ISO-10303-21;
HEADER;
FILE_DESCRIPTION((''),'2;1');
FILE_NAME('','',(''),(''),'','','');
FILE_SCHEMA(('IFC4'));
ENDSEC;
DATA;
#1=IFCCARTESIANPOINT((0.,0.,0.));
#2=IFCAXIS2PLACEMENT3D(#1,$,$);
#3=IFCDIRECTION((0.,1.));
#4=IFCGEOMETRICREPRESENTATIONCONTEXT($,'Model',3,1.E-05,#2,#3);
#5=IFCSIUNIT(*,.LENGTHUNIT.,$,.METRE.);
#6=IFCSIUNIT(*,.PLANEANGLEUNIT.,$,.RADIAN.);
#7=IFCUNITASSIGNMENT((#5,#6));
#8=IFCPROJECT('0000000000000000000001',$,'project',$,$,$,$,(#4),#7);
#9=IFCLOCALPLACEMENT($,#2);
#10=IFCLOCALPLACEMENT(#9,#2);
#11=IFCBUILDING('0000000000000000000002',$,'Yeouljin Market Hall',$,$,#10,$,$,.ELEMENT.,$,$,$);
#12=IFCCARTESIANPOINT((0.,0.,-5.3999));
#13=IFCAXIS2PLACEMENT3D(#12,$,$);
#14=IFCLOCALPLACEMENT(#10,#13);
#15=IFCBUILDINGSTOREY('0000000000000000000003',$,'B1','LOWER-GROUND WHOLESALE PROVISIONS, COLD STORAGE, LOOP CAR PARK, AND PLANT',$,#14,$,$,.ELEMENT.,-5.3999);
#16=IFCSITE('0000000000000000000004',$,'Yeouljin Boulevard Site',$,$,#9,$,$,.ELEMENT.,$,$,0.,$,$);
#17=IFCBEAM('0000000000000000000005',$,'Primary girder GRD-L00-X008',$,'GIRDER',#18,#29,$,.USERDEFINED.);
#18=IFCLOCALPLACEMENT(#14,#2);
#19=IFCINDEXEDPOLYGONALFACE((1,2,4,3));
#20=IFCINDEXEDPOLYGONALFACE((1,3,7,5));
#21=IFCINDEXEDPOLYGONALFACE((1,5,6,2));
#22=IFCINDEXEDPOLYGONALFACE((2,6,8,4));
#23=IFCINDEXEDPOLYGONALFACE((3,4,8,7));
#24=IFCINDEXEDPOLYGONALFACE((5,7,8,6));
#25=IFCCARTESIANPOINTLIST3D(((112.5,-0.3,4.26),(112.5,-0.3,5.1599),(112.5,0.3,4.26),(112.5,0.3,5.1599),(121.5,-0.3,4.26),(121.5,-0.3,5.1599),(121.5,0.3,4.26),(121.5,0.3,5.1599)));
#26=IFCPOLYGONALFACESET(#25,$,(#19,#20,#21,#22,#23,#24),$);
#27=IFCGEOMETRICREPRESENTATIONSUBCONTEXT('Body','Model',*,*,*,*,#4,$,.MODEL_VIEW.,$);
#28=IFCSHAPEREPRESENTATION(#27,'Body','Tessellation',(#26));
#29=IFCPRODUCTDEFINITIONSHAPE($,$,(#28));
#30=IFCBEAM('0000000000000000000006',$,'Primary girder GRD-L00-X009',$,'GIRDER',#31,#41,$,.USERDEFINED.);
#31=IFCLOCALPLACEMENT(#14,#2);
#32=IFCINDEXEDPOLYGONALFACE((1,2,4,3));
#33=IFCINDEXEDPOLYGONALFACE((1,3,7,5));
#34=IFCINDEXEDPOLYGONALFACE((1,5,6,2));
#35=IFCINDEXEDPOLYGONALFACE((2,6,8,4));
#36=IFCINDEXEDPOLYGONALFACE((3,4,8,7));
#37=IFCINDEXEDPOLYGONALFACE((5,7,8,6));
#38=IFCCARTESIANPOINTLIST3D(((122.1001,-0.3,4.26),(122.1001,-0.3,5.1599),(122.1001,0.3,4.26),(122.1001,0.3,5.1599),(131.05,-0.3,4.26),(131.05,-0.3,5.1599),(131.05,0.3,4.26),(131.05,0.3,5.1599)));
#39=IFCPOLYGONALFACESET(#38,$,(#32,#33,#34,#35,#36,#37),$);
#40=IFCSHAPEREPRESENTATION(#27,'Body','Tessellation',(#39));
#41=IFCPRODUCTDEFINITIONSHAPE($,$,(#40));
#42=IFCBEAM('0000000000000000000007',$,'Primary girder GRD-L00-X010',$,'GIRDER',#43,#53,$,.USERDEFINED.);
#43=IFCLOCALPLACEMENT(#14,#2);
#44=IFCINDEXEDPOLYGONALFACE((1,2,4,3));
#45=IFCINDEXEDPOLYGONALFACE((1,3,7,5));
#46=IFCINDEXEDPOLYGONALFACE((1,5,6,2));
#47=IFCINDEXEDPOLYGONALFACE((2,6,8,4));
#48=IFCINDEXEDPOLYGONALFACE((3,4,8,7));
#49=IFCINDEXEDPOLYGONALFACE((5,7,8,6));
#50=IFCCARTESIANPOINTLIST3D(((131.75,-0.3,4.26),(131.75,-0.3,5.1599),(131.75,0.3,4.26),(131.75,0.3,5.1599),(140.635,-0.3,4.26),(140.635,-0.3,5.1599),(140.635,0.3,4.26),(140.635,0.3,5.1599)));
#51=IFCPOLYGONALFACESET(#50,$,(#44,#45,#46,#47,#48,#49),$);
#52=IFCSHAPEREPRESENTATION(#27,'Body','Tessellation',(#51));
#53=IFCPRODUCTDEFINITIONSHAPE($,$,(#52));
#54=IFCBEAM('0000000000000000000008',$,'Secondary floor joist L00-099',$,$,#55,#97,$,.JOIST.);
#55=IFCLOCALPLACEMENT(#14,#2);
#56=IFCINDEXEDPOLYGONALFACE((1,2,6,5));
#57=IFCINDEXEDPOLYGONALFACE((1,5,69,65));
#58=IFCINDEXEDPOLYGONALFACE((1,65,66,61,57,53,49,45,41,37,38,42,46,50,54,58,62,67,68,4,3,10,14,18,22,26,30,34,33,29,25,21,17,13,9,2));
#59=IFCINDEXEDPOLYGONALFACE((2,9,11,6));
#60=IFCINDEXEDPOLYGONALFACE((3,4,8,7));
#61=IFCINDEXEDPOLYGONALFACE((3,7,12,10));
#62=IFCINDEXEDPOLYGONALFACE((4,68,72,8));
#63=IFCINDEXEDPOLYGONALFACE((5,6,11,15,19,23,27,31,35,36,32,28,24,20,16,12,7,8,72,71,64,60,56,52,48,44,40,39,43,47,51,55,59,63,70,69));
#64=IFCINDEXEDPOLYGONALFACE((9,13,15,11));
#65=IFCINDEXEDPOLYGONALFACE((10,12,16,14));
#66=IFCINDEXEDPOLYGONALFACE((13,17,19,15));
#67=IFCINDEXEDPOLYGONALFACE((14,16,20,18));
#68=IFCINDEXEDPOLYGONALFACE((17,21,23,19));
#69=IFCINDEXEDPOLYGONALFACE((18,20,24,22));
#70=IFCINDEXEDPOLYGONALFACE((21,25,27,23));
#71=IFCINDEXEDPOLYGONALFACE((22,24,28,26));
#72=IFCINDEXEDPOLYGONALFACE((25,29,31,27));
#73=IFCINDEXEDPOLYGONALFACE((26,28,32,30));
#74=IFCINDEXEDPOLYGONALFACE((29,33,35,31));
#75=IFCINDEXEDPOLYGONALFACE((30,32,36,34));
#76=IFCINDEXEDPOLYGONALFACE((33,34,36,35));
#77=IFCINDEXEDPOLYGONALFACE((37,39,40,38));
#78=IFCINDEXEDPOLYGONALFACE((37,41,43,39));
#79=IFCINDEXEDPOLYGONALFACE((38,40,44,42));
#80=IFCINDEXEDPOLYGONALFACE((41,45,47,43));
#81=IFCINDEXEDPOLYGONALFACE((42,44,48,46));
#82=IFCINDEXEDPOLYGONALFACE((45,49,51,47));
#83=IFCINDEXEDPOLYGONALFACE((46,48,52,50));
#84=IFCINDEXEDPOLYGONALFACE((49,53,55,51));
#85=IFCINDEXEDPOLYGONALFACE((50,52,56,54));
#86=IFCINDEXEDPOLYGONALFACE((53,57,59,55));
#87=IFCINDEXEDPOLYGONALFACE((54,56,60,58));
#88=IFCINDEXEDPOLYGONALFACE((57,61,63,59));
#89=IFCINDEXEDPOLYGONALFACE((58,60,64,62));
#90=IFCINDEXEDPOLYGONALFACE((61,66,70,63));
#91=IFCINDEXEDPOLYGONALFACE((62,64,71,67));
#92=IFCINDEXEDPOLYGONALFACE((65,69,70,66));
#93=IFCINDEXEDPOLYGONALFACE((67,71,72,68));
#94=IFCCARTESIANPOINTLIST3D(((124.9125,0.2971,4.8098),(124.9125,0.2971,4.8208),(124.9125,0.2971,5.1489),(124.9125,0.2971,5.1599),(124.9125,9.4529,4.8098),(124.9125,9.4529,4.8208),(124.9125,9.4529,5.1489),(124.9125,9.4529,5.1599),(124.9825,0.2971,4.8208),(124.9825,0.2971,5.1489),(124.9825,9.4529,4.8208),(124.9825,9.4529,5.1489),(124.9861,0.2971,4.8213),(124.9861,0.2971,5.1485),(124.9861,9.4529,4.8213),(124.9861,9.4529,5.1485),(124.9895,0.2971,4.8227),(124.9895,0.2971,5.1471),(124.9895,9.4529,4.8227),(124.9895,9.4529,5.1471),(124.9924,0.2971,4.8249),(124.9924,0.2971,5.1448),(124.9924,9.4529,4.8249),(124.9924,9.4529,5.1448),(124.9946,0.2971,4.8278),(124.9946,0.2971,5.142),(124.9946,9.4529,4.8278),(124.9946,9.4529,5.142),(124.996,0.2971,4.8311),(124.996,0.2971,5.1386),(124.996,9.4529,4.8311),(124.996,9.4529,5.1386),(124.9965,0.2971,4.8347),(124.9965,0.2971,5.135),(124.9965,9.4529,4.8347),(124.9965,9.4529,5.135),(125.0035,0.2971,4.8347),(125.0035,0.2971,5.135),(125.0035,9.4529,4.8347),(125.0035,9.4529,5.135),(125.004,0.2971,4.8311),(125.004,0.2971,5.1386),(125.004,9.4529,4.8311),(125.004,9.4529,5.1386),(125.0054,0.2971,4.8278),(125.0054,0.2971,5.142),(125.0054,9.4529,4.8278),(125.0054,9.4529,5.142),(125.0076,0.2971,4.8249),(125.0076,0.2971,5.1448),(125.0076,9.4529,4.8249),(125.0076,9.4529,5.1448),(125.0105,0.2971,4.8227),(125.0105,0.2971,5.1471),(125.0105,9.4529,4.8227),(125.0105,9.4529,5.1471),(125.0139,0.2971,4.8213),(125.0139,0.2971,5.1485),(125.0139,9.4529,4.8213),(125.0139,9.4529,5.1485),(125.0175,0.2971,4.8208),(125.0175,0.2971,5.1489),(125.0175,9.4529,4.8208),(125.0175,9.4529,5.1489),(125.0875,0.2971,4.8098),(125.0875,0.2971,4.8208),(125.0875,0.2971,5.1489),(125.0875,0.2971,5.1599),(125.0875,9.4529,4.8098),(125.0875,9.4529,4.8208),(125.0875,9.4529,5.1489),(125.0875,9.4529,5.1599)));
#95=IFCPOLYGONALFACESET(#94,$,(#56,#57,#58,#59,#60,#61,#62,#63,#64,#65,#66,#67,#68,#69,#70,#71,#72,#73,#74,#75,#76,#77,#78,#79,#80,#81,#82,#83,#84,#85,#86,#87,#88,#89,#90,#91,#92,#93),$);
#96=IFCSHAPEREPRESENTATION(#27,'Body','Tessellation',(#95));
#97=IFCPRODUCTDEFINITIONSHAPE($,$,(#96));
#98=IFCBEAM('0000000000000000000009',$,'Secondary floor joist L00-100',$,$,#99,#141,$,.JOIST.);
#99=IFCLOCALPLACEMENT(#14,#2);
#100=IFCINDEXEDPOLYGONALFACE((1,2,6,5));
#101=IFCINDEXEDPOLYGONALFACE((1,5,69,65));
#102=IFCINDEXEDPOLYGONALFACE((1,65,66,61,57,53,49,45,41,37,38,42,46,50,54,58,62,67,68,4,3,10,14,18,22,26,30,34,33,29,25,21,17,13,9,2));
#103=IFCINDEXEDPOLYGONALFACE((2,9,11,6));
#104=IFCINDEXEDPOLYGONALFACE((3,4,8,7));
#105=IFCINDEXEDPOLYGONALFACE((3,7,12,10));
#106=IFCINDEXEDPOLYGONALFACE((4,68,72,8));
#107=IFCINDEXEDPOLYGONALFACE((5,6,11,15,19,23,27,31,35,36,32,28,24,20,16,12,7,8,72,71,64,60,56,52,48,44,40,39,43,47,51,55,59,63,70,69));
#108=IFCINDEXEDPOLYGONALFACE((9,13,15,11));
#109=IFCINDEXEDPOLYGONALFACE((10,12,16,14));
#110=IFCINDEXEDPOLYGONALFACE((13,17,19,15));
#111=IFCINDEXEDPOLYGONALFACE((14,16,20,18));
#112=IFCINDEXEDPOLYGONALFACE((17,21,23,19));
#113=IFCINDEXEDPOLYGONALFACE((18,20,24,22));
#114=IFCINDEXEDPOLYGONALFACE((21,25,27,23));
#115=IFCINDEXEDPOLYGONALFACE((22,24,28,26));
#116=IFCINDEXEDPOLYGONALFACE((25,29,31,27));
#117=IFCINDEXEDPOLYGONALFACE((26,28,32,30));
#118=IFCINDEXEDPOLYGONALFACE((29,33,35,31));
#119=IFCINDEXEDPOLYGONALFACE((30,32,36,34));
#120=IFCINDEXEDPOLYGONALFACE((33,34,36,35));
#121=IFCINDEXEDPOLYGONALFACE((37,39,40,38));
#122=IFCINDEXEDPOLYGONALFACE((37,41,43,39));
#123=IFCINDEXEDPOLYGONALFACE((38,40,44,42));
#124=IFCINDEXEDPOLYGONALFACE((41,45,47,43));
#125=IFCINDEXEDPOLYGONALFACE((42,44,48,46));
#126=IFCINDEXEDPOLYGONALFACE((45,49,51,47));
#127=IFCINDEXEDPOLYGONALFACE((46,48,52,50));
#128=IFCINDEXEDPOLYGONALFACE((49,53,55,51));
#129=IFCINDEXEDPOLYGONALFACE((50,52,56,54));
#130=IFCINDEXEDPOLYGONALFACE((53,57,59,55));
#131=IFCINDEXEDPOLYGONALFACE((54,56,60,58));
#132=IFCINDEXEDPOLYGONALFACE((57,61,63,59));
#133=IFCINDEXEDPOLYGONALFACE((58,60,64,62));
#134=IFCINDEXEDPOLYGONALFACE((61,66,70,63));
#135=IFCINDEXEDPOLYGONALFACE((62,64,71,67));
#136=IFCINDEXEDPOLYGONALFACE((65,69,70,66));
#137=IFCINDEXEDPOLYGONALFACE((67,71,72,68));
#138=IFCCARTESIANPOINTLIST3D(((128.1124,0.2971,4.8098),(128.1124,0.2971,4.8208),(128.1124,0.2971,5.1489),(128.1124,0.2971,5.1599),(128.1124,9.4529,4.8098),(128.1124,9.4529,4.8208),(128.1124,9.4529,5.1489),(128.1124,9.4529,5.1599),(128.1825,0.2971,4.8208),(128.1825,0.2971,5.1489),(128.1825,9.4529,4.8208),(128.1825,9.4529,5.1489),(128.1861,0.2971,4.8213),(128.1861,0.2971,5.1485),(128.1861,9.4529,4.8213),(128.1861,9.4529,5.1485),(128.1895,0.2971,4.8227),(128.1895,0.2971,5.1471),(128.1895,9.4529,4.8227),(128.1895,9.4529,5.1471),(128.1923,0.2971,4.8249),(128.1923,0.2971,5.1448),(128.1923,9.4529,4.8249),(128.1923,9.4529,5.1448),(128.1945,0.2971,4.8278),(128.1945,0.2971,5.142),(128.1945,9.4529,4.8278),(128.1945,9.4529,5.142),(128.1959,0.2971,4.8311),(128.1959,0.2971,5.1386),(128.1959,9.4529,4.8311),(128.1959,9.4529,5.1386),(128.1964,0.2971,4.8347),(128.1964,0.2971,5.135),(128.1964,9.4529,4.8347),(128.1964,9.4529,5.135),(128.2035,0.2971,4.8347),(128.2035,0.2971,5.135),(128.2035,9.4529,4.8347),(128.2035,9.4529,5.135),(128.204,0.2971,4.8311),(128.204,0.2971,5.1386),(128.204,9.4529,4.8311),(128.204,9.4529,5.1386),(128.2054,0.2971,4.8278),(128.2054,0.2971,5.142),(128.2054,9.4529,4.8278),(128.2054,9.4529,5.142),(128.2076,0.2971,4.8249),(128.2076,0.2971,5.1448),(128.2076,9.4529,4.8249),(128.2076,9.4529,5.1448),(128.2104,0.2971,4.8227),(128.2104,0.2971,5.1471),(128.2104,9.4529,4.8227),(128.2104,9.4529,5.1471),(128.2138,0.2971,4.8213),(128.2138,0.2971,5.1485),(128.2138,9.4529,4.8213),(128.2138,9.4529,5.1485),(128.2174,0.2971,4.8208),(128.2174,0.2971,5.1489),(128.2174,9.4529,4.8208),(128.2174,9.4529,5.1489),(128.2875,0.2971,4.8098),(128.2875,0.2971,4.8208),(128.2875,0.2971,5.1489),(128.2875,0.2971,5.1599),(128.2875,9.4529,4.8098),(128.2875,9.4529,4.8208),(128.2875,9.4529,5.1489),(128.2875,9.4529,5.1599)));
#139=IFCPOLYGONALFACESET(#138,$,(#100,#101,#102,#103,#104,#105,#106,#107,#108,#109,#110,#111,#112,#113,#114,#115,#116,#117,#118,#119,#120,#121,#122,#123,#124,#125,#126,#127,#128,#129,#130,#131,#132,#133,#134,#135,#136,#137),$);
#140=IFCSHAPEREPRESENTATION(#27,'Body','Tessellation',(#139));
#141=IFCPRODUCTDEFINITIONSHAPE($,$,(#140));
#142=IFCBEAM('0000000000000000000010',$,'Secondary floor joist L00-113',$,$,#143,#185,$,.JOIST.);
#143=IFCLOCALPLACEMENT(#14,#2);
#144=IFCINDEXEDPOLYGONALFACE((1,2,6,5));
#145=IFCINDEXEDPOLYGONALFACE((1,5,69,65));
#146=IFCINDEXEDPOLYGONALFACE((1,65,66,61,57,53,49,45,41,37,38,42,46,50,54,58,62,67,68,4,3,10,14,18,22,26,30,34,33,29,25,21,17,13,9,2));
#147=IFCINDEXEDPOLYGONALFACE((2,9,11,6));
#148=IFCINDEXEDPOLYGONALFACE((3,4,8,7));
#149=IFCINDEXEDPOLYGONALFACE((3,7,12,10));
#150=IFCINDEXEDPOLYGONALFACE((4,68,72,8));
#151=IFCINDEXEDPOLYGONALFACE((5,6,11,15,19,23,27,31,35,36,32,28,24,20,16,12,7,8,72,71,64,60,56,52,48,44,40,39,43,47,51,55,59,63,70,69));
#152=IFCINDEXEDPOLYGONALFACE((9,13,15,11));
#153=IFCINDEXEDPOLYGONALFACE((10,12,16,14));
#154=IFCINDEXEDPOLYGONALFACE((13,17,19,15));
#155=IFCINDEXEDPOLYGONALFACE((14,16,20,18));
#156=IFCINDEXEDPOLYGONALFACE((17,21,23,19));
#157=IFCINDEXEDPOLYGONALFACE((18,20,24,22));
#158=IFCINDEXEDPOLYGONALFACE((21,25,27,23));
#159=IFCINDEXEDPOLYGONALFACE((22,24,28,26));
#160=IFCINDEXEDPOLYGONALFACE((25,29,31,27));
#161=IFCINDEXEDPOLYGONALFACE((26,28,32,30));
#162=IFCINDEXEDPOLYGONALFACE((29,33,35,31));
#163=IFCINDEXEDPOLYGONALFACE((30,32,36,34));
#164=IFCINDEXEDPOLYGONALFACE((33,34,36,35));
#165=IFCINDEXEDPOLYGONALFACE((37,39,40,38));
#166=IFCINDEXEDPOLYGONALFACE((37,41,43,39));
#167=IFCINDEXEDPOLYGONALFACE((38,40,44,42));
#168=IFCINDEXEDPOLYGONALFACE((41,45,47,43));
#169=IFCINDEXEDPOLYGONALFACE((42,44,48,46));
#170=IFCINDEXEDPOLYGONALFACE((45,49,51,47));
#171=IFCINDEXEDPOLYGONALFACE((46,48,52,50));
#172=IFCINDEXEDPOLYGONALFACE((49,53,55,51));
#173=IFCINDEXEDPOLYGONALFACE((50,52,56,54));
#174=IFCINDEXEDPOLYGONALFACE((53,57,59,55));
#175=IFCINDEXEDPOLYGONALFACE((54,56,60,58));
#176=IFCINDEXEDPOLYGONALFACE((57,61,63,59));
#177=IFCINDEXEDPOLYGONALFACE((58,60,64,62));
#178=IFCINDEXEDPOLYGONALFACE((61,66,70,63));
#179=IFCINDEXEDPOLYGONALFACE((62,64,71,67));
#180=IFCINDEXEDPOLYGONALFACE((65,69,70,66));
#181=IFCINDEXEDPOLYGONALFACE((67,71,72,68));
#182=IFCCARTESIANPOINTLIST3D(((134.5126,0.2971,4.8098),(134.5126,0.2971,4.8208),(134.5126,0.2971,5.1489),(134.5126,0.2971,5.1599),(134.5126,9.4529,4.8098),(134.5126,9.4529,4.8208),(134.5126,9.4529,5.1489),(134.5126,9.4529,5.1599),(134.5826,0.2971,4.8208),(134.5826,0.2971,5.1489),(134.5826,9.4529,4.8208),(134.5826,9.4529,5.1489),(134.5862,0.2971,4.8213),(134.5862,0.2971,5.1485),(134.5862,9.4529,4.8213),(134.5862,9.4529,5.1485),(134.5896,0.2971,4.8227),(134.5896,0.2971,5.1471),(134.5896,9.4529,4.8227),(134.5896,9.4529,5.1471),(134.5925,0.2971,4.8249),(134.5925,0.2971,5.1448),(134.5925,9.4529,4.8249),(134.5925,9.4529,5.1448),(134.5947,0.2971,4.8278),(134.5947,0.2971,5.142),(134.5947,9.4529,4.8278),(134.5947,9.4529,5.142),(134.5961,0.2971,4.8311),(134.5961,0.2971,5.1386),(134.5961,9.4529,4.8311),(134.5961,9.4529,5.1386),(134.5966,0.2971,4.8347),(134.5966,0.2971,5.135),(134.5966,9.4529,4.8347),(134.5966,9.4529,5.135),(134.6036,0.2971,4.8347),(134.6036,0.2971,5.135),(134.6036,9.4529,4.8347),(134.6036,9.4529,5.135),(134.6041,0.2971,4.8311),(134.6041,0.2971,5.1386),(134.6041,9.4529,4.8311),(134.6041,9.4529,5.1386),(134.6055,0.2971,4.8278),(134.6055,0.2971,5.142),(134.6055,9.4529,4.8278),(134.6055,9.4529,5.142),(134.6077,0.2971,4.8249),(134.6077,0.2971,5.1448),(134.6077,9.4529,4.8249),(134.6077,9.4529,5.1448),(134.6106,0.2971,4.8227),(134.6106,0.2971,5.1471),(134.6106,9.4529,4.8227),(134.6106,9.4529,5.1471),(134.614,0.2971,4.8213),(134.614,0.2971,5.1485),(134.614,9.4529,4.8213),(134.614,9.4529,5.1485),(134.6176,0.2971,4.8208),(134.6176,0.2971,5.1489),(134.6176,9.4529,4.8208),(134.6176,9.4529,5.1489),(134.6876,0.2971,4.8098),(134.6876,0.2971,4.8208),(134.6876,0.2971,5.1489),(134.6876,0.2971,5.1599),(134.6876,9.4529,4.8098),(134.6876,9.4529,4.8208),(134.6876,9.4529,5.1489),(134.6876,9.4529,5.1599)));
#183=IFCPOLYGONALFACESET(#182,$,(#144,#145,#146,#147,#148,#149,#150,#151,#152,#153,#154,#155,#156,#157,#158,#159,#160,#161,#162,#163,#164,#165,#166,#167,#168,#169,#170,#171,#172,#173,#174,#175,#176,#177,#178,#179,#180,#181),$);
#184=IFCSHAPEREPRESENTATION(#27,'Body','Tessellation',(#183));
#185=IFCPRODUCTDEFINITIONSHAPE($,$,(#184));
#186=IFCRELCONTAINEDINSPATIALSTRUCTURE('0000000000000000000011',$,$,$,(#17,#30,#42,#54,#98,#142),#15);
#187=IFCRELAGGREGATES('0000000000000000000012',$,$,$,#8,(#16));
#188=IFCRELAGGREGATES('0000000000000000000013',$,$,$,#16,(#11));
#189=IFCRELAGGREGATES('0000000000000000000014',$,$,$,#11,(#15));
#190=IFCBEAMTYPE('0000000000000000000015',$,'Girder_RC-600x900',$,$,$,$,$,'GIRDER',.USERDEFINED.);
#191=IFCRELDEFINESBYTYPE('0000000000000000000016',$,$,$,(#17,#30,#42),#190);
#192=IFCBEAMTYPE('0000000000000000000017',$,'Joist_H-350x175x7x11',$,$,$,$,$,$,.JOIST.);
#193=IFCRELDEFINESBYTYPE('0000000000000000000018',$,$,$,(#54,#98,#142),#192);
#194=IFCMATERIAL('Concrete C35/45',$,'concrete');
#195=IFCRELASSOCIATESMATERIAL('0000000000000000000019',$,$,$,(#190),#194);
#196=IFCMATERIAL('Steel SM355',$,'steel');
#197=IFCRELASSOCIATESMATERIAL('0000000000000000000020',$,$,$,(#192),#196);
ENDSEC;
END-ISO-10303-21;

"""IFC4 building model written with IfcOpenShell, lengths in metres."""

from ifc_helpers import new_model, si_unit, direction, frame, origin, origin_2d, place, context, subcontext, project, spatial, rectangle, i_section, extrude, material, material_profile, profile_set, type_object, element, save


model = new_model("IFC4")

# Units and contexts
model_context = context("Model", 3, precision=1e-05, world=origin(), true_north=direction((0.0, 1.0)))
body_context = subcontext(model_context, "Body", "Model", "MODEL_VIEW")
ifc_project = project(units=[si_unit("LENGTHUNIT", "METRE"), si_unit("PLANEANGLEUNIT", "RADIAN")], contexts=[model_context])

# Site, building, storey
site_placement = place(None, origin())
site = spatial("IfcSite", under=ifc_project, at=site_placement, Name="Yeouljin Boulevard Site", CompositionType="ELEMENT", RefElevation=0.0)
building_placement = place(site_placement, origin())
building = spatial("IfcBuilding", under=site, at=building_placement, Name="Yeouljin Market Hall", CompositionType="ELEMENT")
storey_placement = place(building_placement, frame((0.0, 0.0, -5.3999)))
storey = spatial("IfcBuildingStorey", under=building, at=storey_placement, Name="B1", Description="LOWER-GROUND WHOLESALE PROVISIONS, COLD STORAGE, LOOP CAR PARK, AND PLANT", CompositionType="ELEMENT", Elevation=-5.3999)

# Beams
ifc_material_1 = material(Name="Concrete C35/45", Category="concrete")
ifc_material_profile_1 = material_profile(ifc_material_1, rectangle(XDim=0.6001, YDim=0.8999, at=origin_2d()), Name="RC-600x900")
ifc_profile_set_1 = profile_set([ifc_material_profile_1], Name="Concrete C35/45")
beam_type_1 = type_object("IfcBeamType", Name="Girder_RC-600x900", ElementType="GIRDER", PredefinedType="USERDEFINED", material=ifc_profile_set_1)
beam_1_placement = place(storey_placement, frame((112.5, 0.0, 4.71), z_axis=(1.0, 0.0, 0.0), x_axis=(0.0, 1.0, 0.0)))
element("IfcBeam", 1, at=beam_1_placement, inside=storey, type_object=beam_type_1, Name="Primary girder GRD-L00-X008", ObjectType="GIRDER", PredefinedType="USERDEFINED", context=body_context, shape_type="SweptSolid", body=[
    extrude(rectangle(XDim=0.6001, YDim=0.8999, at=origin_2d()), origin(), (0.0, 0.0, 1.0), 9.0),
])
beam_2_placement = place(storey_placement, frame((122.1001, 0.0, 4.71), z_axis=(1.0, 0.0, 0.0), x_axis=(0.0, 1.0, 0.0)))
element("IfcBeam", 2, at=beam_2_placement, inside=storey, type_object=beam_type_1, Name="Primary girder GRD-L00-X009", ObjectType="GIRDER", PredefinedType="USERDEFINED", context=body_context, shape_type="SweptSolid", body=[
    extrude(rectangle(XDim=0.6001, YDim=0.8999, at=origin_2d()), origin(), (0.0, 0.0, 1.0), 8.95),
])
beam_3_placement = place(storey_placement, frame((131.75, 0.0, 4.71), z_axis=(1.0, 0.0, 0.0), x_axis=(0.0, 1.0, 0.0)))
element("IfcBeam", 3, at=beam_3_placement, inside=storey, type_object=beam_type_1, Name="Primary girder GRD-L00-X010", ObjectType="GIRDER", PredefinedType="USERDEFINED", context=body_context, shape_type="SweptSolid", body=[
    extrude(rectangle(XDim=0.6001, YDim=0.8999, at=origin_2d()), origin(), (0.0, 0.0, 1.0), 8.885),
])
ifc_material_2 = material(Name="Steel SM355", Category="steel")
ifc_material_profile_2 = material_profile(ifc_material_2, i_section(OverallWidth=0.175, OverallDepth=0.3501, WebThickness=0.0071, FlangeThickness=0.011, FilletRadius=0.0139, at=origin_2d()), Name="H-350x175x7x11")
ifc_profile_set_2 = profile_set([ifc_material_profile_2], Name="Steel SM355")
beam_type_2 = type_object("IfcBeamType", Name="Joist_H-350x175x7x11", PredefinedType="JOIST", material=ifc_profile_set_2)
for number, where, z_axis, x_axis, name in (
    (4, (125.0, 0.2971, 4.9849), (0.0, 1.0, 0.0), (-1.0, 0.0, 0.0), "Secondary floor joist L00-099"),
    (5, (128.2, 0.2971, 4.9849), (0.0, 1.0, 0.0), (-1.0, 0.0, 0.0), "Secondary floor joist L00-100"),
    (6, (134.6001, 0.2971, 4.9849), (0.0, 1.0, 0.0), (-1.0, 0.0, 0.0), "Secondary floor joist L00-113"),
):
    element("IfcBeam", number, at=place(storey_placement, frame(where, z_axis=z_axis, x_axis=x_axis)), inside=storey, type_object=beam_type_2, Name=name, PredefinedType="JOIST", context=body_context, shape_type="SweptSolid", body=[
        extrude(i_section(OverallWidth=0.175, OverallDepth=0.3501, WebThickness=0.0071, FlangeThickness=0.011, FilletRadius=0.0139, at=origin_2d()), origin(), (0.0, 0.0, 1.0), 9.1558),
    ])

save(model, "model.ifc")
